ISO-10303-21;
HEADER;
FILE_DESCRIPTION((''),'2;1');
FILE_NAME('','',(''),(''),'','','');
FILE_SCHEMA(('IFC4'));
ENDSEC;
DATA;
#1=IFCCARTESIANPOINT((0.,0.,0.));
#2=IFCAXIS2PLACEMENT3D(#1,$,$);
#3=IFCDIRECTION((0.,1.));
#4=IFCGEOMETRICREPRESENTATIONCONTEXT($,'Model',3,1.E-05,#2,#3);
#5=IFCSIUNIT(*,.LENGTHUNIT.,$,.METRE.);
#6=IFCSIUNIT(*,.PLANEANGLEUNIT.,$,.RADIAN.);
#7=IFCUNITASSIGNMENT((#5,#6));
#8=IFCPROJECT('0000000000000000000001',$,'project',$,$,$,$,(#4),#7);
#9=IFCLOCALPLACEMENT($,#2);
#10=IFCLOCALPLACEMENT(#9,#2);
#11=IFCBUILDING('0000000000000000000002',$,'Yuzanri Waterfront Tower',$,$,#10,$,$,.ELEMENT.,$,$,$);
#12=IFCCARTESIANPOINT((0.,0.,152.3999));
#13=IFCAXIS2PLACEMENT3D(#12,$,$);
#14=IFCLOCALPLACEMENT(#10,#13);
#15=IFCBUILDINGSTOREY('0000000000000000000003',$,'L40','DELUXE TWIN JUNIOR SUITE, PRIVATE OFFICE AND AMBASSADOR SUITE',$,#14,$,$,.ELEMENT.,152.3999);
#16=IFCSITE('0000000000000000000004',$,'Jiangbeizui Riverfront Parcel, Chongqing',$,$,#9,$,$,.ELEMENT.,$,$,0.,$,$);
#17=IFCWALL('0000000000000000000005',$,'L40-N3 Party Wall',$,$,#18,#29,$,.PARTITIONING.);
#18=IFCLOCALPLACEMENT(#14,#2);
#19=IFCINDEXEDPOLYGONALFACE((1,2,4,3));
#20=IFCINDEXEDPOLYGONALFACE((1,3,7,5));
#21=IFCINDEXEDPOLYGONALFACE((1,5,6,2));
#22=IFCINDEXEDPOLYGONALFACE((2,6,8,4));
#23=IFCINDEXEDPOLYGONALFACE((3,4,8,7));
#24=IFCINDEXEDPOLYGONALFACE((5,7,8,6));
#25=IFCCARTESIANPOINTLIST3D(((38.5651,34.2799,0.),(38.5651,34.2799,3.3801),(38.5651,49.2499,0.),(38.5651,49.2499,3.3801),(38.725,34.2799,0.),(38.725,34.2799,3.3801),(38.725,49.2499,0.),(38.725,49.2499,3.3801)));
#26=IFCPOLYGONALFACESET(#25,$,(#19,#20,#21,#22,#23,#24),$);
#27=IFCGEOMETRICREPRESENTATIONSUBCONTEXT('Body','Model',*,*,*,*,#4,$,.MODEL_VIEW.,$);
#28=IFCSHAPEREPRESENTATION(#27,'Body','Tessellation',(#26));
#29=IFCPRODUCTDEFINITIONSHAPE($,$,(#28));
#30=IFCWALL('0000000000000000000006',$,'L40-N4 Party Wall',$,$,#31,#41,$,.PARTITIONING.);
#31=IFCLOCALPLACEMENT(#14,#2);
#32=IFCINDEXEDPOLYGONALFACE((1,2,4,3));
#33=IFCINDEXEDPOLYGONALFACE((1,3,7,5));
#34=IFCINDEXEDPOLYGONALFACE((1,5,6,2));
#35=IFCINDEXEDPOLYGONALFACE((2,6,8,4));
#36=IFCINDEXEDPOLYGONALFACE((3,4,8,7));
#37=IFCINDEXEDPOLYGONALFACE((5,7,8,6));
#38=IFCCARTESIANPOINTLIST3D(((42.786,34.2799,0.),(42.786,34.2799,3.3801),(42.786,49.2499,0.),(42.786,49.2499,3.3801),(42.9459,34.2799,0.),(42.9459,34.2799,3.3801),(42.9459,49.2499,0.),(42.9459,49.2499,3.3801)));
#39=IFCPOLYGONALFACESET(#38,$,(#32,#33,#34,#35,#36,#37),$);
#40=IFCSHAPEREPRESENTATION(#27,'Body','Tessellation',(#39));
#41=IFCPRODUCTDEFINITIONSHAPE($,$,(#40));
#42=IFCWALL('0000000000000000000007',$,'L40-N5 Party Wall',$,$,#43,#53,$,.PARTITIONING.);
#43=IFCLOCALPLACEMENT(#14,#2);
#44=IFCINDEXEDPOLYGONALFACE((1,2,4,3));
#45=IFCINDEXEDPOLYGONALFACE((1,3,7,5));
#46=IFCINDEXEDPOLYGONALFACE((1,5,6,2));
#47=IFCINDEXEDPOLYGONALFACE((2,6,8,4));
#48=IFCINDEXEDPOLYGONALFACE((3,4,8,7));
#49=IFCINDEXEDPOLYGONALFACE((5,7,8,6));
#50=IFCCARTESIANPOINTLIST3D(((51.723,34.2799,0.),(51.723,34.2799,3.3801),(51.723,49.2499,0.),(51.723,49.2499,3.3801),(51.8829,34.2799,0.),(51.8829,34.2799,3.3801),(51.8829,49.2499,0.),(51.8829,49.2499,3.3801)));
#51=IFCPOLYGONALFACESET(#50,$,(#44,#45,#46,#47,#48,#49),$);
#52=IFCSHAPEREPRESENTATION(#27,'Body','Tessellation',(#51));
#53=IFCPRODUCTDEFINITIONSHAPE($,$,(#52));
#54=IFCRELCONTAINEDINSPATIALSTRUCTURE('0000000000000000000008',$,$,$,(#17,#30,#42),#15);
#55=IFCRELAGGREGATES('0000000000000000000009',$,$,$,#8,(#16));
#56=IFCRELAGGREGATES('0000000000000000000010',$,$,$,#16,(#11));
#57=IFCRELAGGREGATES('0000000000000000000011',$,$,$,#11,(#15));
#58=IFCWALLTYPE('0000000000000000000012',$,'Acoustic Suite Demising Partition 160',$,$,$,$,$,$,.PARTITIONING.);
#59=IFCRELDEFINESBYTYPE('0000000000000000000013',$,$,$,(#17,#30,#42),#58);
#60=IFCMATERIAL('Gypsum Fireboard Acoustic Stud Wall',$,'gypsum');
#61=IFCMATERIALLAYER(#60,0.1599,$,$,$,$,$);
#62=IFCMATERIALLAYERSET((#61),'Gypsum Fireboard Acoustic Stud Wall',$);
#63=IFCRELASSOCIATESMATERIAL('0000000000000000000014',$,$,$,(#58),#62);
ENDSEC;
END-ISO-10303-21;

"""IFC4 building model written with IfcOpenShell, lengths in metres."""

from ifc_helpers import new_model, si_unit, direction, frame, frame_2d, origin, place, context, subcontext, project, spatial, rectangle, extrude, source, transform, mapped, material, layer, layer_set, type_object, element, save


model = new_model("IFC4")

# Units and contexts
model_context = context("Model", 3, precision=1e-05, world=origin(), true_north=direction((0.0, 1.0)))
body_context = subcontext(model_context, "Body", "Model", "MODEL_VIEW")
ifc_project = project(units=[si_unit("LENGTHUNIT", "METRE"), si_unit("PLANEANGLEUNIT", "RADIAN")], contexts=[model_context])

# Site, building, storey
site_placement = place(None, origin())
site = spatial("IfcSite", under=ifc_project, at=site_placement, Name="Jiangbeizui Riverfront Parcel, Chongqing", CompositionType="ELEMENT", RefElevation=0.0)
building_placement = place(site_placement, origin())
building = spatial("IfcBuilding", under=site, at=building_placement, Name="Yuzanri Waterfront Tower", CompositionType="ELEMENT")
storey_placement = place(building_placement, frame((0.0, 0.0, 152.3999)))
storey = spatial("IfcBuildingStorey", under=building, at=storey_placement, Name="L40", Description="DELUXE TWIN JUNIOR SUITE, PRIVATE OFFICE AND AMBASSADOR SUITE", CompositionType="ELEMENT", Elevation=152.3999)

# Walls
ifc_material_1 = material(Name="Gypsum Fireboard Acoustic Stud Wall", Category="gypsum")
ifc_layer_1 = layer(ifc_material_1, 0.1599)
ifc_layer_set_1 = layer_set([ifc_layer_1], Name="Gypsum Fireboard Acoustic Stud Wall")
wall_type_1 = type_object("IfcWallType", Name="Acoustic Suite Demising Partition 160", PredefinedType="PARTITIONING", material=ifc_layer_set_1)
shared_shape_1 = source(origin(), body_context, "Body", "SweptSolid", [
    extrude(rectangle(XDim=14.97, YDim=0.1599, at=frame_2d((7.4849, 0.0))), origin(), (0.0, 0.0, 1.0), 3.3801),
])
for number, where, z_axis, x_axis, name in (
    (1, (38.645, 34.28, 0.0), (0.0, 0.0, 1.0), (0.0, 1.0, 0.0), "L40-N3 Party Wall"),
    (2, (42.866, 34.28, 0.0), (0.0, 0.0, 1.0), (0.0, 1.0, 0.0), "L40-N4 Party Wall"),
    (3, (51.803, 34.28, 0.0), (0.0, 0.0, 1.0), (0.0, 1.0, 0.0), "L40-N5 Party Wall"),
):
    element("IfcWall", number, at=place(storey_placement, frame(where, z_axis=z_axis, x_axis=x_axis)), inside=storey, type_object=wall_type_1, Name=name, PredefinedType="PARTITIONING", context=body_context, shape_type="MappedRepresentation", body=[
        mapped(shared_shape_1, transform((0.0, 0.0, 0.0), scale=1.0)),
    ])

save(model, "model.ifc")
